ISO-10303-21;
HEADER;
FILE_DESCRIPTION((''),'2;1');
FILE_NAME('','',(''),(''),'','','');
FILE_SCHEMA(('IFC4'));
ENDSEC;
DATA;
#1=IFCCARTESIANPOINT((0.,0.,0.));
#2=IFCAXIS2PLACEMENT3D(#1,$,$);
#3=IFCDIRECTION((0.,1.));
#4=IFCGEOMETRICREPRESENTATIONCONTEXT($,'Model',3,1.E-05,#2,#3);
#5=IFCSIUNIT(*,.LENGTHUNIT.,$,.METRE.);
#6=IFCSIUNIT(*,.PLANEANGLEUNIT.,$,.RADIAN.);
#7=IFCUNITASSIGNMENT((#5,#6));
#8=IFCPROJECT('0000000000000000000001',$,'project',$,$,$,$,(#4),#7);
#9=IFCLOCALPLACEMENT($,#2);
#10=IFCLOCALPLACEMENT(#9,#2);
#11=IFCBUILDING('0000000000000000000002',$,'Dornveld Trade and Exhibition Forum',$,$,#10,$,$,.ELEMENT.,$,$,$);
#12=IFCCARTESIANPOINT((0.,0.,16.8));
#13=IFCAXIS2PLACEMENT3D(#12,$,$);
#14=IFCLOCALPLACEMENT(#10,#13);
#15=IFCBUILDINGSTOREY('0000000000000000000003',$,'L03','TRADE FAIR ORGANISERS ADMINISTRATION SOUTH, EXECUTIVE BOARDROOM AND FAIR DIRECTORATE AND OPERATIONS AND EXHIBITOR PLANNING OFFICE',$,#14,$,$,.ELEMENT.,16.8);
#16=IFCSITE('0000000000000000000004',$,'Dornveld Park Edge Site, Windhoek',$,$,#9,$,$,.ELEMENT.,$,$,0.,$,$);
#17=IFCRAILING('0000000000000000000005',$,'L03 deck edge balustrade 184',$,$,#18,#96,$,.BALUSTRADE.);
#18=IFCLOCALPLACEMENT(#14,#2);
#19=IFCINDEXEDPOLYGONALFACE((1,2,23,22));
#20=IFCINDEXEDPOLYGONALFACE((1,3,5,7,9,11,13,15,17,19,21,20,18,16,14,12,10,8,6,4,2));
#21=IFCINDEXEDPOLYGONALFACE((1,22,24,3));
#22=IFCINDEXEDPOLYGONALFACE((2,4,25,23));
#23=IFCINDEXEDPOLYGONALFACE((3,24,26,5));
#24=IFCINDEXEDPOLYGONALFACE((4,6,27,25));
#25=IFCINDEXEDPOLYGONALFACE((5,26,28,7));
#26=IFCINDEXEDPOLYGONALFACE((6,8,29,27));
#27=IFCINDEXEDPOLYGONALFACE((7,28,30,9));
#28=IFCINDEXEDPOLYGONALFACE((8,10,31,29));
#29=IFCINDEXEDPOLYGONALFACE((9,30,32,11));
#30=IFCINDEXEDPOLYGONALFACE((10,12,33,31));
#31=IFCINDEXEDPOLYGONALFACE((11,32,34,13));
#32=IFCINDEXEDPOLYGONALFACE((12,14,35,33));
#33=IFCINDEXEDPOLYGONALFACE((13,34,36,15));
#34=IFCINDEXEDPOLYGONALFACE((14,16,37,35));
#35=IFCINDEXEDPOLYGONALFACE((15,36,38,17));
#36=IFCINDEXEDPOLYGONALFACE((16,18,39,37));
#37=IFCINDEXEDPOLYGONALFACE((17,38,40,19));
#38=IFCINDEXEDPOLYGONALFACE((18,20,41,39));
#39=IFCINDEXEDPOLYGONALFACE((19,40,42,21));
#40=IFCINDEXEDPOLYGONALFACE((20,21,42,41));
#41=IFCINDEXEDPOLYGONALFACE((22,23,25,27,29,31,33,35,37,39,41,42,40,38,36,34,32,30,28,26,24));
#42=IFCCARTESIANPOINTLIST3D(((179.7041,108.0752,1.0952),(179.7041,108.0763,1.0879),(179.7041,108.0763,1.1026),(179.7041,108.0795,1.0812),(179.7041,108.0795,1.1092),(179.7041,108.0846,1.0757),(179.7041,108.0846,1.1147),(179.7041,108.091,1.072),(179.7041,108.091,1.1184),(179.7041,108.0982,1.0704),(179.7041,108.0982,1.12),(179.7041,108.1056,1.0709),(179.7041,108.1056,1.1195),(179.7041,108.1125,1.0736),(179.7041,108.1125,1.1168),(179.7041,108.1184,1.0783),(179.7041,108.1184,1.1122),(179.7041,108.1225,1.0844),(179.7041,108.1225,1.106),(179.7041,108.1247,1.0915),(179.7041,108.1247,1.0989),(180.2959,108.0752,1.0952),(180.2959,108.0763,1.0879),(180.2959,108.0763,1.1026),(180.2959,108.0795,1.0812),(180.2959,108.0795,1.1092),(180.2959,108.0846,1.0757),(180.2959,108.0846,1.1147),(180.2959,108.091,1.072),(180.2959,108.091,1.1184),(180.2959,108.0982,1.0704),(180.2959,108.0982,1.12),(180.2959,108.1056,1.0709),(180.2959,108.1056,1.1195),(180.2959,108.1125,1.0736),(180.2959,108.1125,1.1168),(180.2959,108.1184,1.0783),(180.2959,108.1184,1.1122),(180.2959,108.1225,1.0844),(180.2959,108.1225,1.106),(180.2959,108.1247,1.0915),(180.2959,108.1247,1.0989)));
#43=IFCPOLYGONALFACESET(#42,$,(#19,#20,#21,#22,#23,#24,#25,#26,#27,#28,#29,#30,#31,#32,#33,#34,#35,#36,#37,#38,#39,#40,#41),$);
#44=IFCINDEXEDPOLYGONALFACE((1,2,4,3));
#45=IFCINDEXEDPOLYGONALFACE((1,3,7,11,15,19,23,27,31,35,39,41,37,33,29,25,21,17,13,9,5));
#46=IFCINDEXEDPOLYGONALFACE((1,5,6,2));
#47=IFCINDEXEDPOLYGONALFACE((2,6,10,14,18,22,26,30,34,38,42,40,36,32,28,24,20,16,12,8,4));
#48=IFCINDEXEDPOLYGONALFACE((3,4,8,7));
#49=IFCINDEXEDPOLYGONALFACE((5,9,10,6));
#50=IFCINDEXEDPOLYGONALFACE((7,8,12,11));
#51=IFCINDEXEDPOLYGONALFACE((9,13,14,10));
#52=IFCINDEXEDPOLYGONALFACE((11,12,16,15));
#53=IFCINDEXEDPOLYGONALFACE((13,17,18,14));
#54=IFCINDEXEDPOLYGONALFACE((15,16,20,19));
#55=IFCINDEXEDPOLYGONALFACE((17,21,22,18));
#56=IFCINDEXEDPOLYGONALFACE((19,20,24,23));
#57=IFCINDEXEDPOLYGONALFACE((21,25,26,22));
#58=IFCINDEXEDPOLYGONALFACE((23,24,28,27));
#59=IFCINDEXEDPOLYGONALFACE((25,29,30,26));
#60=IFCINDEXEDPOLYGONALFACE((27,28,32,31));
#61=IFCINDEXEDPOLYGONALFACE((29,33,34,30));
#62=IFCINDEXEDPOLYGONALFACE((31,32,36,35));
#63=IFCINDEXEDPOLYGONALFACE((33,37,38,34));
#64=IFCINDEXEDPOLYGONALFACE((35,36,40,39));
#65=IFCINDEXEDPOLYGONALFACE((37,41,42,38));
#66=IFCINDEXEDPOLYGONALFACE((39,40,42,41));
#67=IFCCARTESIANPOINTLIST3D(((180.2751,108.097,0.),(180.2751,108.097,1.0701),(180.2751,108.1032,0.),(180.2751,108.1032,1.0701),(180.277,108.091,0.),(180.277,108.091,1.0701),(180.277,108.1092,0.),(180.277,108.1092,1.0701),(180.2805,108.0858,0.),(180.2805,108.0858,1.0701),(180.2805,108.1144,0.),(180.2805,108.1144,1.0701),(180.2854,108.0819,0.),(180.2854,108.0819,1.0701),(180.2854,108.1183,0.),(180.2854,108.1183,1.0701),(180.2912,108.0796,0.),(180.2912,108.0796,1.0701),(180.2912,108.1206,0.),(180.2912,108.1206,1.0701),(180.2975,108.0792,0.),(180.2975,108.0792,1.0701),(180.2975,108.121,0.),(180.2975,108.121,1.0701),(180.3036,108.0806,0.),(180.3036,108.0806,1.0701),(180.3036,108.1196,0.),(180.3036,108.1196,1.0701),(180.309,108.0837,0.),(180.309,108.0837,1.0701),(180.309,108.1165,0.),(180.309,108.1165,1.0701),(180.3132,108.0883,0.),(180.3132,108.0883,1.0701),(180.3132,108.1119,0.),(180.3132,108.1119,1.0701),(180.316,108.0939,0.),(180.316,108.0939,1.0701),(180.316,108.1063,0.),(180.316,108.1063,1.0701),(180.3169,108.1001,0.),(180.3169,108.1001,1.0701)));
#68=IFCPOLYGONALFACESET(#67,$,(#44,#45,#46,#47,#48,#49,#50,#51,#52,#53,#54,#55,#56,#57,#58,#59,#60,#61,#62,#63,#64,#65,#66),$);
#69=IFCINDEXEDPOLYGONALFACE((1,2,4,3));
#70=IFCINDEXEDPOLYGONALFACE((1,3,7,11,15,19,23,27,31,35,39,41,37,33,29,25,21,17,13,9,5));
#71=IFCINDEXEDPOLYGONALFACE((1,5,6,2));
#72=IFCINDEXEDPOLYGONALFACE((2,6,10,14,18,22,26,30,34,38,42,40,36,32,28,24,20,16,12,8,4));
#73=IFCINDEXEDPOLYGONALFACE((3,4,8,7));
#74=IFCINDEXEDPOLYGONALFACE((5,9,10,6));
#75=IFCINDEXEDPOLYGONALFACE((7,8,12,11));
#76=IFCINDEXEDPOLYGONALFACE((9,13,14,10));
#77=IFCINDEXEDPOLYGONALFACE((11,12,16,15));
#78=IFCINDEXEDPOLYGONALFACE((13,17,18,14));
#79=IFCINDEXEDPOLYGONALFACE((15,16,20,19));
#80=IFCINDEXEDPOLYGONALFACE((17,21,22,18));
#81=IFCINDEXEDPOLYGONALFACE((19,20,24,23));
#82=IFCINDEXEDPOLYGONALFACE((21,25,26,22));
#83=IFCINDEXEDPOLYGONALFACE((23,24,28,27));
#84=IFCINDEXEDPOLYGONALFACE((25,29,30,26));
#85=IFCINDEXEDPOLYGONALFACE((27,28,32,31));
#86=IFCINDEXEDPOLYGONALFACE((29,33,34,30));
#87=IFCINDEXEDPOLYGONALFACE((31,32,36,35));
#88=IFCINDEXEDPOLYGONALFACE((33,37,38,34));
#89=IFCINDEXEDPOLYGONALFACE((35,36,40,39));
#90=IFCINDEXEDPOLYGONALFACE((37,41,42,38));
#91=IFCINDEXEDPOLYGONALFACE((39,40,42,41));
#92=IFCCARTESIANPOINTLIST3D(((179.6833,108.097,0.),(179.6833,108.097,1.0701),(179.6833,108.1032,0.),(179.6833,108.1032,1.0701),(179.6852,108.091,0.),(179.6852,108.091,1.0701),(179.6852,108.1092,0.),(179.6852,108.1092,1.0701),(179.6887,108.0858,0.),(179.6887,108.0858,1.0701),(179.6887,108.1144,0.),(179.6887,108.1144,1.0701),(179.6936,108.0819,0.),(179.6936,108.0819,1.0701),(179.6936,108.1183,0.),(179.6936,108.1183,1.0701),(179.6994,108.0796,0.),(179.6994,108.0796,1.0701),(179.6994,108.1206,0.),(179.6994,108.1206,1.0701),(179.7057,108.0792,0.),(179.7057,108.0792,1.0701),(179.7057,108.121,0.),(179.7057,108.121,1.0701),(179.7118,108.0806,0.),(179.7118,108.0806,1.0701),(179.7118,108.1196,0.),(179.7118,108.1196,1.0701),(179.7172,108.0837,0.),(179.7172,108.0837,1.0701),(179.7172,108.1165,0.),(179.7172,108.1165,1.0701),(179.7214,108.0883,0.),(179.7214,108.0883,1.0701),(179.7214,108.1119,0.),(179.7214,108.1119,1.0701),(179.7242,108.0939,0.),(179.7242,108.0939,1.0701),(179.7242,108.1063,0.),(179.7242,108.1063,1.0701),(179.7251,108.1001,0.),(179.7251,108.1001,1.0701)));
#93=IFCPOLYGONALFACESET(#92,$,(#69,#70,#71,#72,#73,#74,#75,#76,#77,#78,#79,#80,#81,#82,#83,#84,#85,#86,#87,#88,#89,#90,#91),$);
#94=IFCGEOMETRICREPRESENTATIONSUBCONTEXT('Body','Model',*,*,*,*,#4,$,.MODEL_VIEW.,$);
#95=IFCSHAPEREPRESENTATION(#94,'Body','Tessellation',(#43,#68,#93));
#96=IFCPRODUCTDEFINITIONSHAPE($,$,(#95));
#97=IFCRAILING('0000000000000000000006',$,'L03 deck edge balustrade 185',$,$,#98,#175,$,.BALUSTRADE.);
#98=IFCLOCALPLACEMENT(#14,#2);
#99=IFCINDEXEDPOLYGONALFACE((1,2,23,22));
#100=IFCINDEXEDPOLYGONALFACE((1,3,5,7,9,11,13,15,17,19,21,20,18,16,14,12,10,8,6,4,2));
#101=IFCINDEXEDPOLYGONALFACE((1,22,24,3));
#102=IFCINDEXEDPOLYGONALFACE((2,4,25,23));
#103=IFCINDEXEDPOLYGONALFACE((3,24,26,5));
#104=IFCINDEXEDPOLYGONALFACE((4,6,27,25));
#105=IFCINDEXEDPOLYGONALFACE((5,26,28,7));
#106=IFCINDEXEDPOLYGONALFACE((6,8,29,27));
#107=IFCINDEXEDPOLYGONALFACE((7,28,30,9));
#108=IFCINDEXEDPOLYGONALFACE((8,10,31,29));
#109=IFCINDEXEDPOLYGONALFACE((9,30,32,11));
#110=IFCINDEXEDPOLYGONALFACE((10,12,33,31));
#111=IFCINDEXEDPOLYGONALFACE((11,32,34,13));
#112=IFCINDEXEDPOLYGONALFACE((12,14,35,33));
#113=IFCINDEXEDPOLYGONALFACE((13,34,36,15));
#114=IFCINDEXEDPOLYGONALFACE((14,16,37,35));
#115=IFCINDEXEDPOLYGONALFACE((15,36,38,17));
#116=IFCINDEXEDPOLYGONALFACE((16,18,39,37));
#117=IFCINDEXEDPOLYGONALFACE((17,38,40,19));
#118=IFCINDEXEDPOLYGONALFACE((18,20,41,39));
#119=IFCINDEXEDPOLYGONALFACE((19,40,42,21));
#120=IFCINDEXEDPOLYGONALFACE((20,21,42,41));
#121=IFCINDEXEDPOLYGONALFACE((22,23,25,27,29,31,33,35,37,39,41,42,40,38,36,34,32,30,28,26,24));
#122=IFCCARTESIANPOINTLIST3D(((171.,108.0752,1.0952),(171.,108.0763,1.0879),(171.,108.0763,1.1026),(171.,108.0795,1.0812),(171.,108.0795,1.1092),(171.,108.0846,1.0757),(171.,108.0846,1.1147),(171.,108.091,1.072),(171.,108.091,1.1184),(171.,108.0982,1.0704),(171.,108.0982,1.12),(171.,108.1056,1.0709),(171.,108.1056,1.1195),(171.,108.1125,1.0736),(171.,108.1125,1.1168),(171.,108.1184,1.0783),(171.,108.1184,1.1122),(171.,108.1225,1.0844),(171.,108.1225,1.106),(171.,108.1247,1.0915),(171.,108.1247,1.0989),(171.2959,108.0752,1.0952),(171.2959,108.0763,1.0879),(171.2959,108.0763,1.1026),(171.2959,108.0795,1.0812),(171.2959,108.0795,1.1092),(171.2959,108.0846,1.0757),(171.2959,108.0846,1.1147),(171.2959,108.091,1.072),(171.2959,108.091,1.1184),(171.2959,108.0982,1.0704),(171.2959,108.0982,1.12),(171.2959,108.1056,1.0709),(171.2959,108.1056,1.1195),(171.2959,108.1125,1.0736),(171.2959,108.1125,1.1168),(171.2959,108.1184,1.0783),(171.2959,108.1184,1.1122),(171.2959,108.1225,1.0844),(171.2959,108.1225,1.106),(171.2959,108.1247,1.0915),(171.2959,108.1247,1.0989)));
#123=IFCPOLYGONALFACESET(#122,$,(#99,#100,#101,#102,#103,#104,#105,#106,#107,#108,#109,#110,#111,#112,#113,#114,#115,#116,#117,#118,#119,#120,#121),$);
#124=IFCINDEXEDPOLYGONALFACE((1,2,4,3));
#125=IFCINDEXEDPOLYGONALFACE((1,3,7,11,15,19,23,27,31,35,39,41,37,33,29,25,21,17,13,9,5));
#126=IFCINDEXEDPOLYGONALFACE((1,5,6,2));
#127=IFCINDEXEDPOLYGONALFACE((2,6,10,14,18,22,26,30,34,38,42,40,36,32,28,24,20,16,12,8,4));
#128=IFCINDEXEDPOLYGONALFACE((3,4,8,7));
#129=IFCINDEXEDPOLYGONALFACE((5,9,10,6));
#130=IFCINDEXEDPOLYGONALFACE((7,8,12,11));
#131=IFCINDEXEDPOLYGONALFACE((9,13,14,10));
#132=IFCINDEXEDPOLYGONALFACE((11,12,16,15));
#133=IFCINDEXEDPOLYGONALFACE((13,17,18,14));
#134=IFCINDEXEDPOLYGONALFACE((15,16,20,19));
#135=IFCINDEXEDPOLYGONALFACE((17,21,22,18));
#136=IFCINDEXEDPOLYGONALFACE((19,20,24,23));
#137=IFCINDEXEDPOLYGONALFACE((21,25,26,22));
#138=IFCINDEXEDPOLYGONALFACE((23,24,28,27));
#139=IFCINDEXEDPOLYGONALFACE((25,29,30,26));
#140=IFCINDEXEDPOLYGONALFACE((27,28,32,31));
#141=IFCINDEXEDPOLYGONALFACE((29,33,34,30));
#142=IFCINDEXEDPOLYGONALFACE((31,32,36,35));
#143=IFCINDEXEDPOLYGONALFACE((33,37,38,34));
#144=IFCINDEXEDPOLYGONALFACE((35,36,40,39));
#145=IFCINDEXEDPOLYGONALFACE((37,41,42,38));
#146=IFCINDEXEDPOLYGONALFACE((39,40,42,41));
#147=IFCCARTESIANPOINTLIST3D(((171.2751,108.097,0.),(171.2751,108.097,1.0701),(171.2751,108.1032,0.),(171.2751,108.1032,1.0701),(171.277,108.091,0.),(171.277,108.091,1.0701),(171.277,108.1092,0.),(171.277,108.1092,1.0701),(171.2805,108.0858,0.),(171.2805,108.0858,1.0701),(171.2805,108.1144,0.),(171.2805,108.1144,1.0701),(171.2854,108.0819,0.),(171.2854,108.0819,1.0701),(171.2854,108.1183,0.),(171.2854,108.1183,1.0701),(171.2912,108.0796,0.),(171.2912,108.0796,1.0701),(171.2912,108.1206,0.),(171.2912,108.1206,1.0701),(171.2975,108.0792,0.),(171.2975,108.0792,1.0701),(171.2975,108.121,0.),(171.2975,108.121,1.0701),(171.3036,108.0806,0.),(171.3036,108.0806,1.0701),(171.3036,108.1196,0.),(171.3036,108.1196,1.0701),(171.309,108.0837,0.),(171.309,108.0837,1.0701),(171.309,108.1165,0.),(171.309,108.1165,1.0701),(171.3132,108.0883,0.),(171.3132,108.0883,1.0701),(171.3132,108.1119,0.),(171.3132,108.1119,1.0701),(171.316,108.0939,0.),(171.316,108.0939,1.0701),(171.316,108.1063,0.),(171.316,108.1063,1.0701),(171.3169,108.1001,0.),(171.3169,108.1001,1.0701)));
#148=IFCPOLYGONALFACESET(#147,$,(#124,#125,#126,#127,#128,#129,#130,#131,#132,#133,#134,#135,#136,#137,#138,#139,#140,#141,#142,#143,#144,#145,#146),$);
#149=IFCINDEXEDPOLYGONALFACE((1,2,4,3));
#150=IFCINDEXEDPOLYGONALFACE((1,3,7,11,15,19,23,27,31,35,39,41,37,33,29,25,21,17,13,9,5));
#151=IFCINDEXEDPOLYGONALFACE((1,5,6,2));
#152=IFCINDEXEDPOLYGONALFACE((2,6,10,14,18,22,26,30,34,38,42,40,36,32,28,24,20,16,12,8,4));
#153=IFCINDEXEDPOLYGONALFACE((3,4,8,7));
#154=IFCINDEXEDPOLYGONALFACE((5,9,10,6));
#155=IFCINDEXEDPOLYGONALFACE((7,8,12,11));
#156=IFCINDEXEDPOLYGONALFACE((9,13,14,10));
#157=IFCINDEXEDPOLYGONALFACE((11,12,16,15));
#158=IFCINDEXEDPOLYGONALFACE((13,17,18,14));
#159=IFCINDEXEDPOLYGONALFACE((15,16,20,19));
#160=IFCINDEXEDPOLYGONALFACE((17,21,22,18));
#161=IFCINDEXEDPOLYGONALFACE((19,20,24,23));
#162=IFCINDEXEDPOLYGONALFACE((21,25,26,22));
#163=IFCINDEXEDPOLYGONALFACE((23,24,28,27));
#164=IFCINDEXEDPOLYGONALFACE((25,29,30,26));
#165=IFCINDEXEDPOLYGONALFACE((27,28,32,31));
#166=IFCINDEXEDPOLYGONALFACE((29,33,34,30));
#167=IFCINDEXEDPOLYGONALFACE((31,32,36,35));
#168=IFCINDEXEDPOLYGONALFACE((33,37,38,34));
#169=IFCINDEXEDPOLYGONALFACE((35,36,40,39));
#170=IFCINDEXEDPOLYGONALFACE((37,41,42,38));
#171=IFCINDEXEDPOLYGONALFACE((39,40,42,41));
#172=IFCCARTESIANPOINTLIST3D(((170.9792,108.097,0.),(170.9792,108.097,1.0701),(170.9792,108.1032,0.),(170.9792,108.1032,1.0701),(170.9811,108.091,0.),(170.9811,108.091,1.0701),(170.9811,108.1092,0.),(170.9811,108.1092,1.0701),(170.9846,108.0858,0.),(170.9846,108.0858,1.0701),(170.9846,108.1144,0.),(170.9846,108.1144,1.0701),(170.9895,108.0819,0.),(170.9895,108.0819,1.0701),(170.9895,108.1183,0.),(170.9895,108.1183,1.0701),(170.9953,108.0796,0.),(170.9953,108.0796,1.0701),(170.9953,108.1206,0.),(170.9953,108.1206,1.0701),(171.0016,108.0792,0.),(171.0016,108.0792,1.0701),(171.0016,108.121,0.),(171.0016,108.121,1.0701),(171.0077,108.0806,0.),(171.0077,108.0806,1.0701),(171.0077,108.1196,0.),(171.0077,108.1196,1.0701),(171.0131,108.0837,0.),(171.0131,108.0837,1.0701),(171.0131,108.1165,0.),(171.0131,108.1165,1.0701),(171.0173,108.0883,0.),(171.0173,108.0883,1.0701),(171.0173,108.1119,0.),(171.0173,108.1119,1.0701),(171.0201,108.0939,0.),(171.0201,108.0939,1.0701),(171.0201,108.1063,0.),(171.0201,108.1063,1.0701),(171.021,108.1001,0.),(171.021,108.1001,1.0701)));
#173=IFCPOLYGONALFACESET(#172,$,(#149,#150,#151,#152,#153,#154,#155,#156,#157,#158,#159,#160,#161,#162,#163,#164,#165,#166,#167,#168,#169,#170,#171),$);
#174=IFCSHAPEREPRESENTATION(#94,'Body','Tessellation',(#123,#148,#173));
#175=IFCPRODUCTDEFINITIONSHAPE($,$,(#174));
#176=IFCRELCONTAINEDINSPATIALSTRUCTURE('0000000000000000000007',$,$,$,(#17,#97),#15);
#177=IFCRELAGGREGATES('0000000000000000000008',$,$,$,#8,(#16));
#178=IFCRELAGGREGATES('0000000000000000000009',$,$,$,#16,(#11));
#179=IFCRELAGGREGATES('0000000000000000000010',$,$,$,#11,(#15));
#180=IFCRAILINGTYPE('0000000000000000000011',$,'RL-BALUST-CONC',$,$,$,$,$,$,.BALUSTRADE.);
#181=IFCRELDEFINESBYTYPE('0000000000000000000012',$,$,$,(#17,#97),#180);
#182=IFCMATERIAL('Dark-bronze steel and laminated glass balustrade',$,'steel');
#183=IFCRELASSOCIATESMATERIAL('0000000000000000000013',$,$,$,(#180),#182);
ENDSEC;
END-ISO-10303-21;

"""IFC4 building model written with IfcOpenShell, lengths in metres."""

from ifc_helpers import new_model, si_unit, direction, frame, origin, origin_2d, place, context, subcontext, project, spatial, circle, extrude, material, type_object, element, save


model = new_model("IFC4")

# Units and contexts
model_context = context("Model", 3, precision=1e-05, world=origin(), true_north=direction((0.0, 1.0)))
body_context = subcontext(model_context, "Body", "Model", "MODEL_VIEW")
ifc_project = project(units=[si_unit("LENGTHUNIT", "METRE"), si_unit("PLANEANGLEUNIT", "RADIAN")], contexts=[model_context])

# Site, building, storey
site_placement = place(None, origin())
site = spatial("IfcSite", under=ifc_project, at=site_placement, Name="Dornveld Park Edge Site, Windhoek", CompositionType="ELEMENT", RefElevation=0.0)
building_placement = place(site_placement, origin())
building = spatial("IfcBuilding", under=site, at=building_placement, Name="Dornveld Trade and Exhibition Forum", CompositionType="ELEMENT")
storey_placement = place(building_placement, frame((0.0, 0.0, 16.8)))
storey = spatial("IfcBuildingStorey", under=building, at=storey_placement, Name="L03", Description="TRADE FAIR ORGANISERS ADMINISTRATION SOUTH, EXECUTIVE BOARDROOM AND FAIR DIRECTORATE AND OPERATIONS AND EXHIBITOR PLANNING OFFICE", CompositionType="ELEMENT", Elevation=16.8)

# Railings
ifc_material_1 = material(Name="Dark-bronze steel and laminated glass balustrade", Category="steel")
railing_type = type_object("IfcRailingType", Name="RL-BALUST-CONC", PredefinedType="BALUSTRADE", material=ifc_material_1)
railing_1_placement = place(storey_placement, frame((180.2959, 108.1001, 0.0)))
element("IfcRailing", 1, at=railing_1_placement, inside=storey, type_object=railing_type, Name="L03 deck edge balustrade 184", PredefinedType="BALUSTRADE", context=body_context, shape_type="SweptSolid", body=[
    extrude(circle(Radius=0.0249, at=origin_2d()), frame((0.0, 0.0, 1.0952), z_axis=(-1.0, 0.0, 0.0), x_axis=(0.0, -1.0, 0.0)), (0.0, 0.0, 1.0), 0.5918),
    extrude(circle(Radius=0.021, at=origin_2d()), origin(), (0.0, 0.0, 1.0), 1.0701),
    extrude(circle(Radius=0.021, at=origin_2d()), frame((-0.5918, 0.0, 0.0)), (0.0, 0.0, 1.0), 1.0701),
])
railing_2_placement = place(storey_placement, frame((171.2959, 108.1001, 0.0)))
element("IfcRailing", 2, at=railing_2_placement, inside=storey, type_object=railing_type, Name="L03 deck edge balustrade 185", PredefinedType="BALUSTRADE", context=body_context, shape_type="SweptSolid", body=[
    extrude(circle(Radius=0.0249, at=origin_2d()), frame((0.0, 0.0, 1.0952), z_axis=(-1.0, 0.0, 0.0), x_axis=(0.0, -1.0, 0.0)), (0.0, 0.0, 1.0), 0.2959),
    extrude(circle(Radius=0.021, at=origin_2d()), origin(), (0.0, 0.0, 1.0), 1.0701),
    extrude(circle(Radius=0.021, at=origin_2d()), frame((-0.2959, 0.0, 0.0)), (0.0, 0.0, 1.0), 1.0701),
])

save(model, "model.ifc")
